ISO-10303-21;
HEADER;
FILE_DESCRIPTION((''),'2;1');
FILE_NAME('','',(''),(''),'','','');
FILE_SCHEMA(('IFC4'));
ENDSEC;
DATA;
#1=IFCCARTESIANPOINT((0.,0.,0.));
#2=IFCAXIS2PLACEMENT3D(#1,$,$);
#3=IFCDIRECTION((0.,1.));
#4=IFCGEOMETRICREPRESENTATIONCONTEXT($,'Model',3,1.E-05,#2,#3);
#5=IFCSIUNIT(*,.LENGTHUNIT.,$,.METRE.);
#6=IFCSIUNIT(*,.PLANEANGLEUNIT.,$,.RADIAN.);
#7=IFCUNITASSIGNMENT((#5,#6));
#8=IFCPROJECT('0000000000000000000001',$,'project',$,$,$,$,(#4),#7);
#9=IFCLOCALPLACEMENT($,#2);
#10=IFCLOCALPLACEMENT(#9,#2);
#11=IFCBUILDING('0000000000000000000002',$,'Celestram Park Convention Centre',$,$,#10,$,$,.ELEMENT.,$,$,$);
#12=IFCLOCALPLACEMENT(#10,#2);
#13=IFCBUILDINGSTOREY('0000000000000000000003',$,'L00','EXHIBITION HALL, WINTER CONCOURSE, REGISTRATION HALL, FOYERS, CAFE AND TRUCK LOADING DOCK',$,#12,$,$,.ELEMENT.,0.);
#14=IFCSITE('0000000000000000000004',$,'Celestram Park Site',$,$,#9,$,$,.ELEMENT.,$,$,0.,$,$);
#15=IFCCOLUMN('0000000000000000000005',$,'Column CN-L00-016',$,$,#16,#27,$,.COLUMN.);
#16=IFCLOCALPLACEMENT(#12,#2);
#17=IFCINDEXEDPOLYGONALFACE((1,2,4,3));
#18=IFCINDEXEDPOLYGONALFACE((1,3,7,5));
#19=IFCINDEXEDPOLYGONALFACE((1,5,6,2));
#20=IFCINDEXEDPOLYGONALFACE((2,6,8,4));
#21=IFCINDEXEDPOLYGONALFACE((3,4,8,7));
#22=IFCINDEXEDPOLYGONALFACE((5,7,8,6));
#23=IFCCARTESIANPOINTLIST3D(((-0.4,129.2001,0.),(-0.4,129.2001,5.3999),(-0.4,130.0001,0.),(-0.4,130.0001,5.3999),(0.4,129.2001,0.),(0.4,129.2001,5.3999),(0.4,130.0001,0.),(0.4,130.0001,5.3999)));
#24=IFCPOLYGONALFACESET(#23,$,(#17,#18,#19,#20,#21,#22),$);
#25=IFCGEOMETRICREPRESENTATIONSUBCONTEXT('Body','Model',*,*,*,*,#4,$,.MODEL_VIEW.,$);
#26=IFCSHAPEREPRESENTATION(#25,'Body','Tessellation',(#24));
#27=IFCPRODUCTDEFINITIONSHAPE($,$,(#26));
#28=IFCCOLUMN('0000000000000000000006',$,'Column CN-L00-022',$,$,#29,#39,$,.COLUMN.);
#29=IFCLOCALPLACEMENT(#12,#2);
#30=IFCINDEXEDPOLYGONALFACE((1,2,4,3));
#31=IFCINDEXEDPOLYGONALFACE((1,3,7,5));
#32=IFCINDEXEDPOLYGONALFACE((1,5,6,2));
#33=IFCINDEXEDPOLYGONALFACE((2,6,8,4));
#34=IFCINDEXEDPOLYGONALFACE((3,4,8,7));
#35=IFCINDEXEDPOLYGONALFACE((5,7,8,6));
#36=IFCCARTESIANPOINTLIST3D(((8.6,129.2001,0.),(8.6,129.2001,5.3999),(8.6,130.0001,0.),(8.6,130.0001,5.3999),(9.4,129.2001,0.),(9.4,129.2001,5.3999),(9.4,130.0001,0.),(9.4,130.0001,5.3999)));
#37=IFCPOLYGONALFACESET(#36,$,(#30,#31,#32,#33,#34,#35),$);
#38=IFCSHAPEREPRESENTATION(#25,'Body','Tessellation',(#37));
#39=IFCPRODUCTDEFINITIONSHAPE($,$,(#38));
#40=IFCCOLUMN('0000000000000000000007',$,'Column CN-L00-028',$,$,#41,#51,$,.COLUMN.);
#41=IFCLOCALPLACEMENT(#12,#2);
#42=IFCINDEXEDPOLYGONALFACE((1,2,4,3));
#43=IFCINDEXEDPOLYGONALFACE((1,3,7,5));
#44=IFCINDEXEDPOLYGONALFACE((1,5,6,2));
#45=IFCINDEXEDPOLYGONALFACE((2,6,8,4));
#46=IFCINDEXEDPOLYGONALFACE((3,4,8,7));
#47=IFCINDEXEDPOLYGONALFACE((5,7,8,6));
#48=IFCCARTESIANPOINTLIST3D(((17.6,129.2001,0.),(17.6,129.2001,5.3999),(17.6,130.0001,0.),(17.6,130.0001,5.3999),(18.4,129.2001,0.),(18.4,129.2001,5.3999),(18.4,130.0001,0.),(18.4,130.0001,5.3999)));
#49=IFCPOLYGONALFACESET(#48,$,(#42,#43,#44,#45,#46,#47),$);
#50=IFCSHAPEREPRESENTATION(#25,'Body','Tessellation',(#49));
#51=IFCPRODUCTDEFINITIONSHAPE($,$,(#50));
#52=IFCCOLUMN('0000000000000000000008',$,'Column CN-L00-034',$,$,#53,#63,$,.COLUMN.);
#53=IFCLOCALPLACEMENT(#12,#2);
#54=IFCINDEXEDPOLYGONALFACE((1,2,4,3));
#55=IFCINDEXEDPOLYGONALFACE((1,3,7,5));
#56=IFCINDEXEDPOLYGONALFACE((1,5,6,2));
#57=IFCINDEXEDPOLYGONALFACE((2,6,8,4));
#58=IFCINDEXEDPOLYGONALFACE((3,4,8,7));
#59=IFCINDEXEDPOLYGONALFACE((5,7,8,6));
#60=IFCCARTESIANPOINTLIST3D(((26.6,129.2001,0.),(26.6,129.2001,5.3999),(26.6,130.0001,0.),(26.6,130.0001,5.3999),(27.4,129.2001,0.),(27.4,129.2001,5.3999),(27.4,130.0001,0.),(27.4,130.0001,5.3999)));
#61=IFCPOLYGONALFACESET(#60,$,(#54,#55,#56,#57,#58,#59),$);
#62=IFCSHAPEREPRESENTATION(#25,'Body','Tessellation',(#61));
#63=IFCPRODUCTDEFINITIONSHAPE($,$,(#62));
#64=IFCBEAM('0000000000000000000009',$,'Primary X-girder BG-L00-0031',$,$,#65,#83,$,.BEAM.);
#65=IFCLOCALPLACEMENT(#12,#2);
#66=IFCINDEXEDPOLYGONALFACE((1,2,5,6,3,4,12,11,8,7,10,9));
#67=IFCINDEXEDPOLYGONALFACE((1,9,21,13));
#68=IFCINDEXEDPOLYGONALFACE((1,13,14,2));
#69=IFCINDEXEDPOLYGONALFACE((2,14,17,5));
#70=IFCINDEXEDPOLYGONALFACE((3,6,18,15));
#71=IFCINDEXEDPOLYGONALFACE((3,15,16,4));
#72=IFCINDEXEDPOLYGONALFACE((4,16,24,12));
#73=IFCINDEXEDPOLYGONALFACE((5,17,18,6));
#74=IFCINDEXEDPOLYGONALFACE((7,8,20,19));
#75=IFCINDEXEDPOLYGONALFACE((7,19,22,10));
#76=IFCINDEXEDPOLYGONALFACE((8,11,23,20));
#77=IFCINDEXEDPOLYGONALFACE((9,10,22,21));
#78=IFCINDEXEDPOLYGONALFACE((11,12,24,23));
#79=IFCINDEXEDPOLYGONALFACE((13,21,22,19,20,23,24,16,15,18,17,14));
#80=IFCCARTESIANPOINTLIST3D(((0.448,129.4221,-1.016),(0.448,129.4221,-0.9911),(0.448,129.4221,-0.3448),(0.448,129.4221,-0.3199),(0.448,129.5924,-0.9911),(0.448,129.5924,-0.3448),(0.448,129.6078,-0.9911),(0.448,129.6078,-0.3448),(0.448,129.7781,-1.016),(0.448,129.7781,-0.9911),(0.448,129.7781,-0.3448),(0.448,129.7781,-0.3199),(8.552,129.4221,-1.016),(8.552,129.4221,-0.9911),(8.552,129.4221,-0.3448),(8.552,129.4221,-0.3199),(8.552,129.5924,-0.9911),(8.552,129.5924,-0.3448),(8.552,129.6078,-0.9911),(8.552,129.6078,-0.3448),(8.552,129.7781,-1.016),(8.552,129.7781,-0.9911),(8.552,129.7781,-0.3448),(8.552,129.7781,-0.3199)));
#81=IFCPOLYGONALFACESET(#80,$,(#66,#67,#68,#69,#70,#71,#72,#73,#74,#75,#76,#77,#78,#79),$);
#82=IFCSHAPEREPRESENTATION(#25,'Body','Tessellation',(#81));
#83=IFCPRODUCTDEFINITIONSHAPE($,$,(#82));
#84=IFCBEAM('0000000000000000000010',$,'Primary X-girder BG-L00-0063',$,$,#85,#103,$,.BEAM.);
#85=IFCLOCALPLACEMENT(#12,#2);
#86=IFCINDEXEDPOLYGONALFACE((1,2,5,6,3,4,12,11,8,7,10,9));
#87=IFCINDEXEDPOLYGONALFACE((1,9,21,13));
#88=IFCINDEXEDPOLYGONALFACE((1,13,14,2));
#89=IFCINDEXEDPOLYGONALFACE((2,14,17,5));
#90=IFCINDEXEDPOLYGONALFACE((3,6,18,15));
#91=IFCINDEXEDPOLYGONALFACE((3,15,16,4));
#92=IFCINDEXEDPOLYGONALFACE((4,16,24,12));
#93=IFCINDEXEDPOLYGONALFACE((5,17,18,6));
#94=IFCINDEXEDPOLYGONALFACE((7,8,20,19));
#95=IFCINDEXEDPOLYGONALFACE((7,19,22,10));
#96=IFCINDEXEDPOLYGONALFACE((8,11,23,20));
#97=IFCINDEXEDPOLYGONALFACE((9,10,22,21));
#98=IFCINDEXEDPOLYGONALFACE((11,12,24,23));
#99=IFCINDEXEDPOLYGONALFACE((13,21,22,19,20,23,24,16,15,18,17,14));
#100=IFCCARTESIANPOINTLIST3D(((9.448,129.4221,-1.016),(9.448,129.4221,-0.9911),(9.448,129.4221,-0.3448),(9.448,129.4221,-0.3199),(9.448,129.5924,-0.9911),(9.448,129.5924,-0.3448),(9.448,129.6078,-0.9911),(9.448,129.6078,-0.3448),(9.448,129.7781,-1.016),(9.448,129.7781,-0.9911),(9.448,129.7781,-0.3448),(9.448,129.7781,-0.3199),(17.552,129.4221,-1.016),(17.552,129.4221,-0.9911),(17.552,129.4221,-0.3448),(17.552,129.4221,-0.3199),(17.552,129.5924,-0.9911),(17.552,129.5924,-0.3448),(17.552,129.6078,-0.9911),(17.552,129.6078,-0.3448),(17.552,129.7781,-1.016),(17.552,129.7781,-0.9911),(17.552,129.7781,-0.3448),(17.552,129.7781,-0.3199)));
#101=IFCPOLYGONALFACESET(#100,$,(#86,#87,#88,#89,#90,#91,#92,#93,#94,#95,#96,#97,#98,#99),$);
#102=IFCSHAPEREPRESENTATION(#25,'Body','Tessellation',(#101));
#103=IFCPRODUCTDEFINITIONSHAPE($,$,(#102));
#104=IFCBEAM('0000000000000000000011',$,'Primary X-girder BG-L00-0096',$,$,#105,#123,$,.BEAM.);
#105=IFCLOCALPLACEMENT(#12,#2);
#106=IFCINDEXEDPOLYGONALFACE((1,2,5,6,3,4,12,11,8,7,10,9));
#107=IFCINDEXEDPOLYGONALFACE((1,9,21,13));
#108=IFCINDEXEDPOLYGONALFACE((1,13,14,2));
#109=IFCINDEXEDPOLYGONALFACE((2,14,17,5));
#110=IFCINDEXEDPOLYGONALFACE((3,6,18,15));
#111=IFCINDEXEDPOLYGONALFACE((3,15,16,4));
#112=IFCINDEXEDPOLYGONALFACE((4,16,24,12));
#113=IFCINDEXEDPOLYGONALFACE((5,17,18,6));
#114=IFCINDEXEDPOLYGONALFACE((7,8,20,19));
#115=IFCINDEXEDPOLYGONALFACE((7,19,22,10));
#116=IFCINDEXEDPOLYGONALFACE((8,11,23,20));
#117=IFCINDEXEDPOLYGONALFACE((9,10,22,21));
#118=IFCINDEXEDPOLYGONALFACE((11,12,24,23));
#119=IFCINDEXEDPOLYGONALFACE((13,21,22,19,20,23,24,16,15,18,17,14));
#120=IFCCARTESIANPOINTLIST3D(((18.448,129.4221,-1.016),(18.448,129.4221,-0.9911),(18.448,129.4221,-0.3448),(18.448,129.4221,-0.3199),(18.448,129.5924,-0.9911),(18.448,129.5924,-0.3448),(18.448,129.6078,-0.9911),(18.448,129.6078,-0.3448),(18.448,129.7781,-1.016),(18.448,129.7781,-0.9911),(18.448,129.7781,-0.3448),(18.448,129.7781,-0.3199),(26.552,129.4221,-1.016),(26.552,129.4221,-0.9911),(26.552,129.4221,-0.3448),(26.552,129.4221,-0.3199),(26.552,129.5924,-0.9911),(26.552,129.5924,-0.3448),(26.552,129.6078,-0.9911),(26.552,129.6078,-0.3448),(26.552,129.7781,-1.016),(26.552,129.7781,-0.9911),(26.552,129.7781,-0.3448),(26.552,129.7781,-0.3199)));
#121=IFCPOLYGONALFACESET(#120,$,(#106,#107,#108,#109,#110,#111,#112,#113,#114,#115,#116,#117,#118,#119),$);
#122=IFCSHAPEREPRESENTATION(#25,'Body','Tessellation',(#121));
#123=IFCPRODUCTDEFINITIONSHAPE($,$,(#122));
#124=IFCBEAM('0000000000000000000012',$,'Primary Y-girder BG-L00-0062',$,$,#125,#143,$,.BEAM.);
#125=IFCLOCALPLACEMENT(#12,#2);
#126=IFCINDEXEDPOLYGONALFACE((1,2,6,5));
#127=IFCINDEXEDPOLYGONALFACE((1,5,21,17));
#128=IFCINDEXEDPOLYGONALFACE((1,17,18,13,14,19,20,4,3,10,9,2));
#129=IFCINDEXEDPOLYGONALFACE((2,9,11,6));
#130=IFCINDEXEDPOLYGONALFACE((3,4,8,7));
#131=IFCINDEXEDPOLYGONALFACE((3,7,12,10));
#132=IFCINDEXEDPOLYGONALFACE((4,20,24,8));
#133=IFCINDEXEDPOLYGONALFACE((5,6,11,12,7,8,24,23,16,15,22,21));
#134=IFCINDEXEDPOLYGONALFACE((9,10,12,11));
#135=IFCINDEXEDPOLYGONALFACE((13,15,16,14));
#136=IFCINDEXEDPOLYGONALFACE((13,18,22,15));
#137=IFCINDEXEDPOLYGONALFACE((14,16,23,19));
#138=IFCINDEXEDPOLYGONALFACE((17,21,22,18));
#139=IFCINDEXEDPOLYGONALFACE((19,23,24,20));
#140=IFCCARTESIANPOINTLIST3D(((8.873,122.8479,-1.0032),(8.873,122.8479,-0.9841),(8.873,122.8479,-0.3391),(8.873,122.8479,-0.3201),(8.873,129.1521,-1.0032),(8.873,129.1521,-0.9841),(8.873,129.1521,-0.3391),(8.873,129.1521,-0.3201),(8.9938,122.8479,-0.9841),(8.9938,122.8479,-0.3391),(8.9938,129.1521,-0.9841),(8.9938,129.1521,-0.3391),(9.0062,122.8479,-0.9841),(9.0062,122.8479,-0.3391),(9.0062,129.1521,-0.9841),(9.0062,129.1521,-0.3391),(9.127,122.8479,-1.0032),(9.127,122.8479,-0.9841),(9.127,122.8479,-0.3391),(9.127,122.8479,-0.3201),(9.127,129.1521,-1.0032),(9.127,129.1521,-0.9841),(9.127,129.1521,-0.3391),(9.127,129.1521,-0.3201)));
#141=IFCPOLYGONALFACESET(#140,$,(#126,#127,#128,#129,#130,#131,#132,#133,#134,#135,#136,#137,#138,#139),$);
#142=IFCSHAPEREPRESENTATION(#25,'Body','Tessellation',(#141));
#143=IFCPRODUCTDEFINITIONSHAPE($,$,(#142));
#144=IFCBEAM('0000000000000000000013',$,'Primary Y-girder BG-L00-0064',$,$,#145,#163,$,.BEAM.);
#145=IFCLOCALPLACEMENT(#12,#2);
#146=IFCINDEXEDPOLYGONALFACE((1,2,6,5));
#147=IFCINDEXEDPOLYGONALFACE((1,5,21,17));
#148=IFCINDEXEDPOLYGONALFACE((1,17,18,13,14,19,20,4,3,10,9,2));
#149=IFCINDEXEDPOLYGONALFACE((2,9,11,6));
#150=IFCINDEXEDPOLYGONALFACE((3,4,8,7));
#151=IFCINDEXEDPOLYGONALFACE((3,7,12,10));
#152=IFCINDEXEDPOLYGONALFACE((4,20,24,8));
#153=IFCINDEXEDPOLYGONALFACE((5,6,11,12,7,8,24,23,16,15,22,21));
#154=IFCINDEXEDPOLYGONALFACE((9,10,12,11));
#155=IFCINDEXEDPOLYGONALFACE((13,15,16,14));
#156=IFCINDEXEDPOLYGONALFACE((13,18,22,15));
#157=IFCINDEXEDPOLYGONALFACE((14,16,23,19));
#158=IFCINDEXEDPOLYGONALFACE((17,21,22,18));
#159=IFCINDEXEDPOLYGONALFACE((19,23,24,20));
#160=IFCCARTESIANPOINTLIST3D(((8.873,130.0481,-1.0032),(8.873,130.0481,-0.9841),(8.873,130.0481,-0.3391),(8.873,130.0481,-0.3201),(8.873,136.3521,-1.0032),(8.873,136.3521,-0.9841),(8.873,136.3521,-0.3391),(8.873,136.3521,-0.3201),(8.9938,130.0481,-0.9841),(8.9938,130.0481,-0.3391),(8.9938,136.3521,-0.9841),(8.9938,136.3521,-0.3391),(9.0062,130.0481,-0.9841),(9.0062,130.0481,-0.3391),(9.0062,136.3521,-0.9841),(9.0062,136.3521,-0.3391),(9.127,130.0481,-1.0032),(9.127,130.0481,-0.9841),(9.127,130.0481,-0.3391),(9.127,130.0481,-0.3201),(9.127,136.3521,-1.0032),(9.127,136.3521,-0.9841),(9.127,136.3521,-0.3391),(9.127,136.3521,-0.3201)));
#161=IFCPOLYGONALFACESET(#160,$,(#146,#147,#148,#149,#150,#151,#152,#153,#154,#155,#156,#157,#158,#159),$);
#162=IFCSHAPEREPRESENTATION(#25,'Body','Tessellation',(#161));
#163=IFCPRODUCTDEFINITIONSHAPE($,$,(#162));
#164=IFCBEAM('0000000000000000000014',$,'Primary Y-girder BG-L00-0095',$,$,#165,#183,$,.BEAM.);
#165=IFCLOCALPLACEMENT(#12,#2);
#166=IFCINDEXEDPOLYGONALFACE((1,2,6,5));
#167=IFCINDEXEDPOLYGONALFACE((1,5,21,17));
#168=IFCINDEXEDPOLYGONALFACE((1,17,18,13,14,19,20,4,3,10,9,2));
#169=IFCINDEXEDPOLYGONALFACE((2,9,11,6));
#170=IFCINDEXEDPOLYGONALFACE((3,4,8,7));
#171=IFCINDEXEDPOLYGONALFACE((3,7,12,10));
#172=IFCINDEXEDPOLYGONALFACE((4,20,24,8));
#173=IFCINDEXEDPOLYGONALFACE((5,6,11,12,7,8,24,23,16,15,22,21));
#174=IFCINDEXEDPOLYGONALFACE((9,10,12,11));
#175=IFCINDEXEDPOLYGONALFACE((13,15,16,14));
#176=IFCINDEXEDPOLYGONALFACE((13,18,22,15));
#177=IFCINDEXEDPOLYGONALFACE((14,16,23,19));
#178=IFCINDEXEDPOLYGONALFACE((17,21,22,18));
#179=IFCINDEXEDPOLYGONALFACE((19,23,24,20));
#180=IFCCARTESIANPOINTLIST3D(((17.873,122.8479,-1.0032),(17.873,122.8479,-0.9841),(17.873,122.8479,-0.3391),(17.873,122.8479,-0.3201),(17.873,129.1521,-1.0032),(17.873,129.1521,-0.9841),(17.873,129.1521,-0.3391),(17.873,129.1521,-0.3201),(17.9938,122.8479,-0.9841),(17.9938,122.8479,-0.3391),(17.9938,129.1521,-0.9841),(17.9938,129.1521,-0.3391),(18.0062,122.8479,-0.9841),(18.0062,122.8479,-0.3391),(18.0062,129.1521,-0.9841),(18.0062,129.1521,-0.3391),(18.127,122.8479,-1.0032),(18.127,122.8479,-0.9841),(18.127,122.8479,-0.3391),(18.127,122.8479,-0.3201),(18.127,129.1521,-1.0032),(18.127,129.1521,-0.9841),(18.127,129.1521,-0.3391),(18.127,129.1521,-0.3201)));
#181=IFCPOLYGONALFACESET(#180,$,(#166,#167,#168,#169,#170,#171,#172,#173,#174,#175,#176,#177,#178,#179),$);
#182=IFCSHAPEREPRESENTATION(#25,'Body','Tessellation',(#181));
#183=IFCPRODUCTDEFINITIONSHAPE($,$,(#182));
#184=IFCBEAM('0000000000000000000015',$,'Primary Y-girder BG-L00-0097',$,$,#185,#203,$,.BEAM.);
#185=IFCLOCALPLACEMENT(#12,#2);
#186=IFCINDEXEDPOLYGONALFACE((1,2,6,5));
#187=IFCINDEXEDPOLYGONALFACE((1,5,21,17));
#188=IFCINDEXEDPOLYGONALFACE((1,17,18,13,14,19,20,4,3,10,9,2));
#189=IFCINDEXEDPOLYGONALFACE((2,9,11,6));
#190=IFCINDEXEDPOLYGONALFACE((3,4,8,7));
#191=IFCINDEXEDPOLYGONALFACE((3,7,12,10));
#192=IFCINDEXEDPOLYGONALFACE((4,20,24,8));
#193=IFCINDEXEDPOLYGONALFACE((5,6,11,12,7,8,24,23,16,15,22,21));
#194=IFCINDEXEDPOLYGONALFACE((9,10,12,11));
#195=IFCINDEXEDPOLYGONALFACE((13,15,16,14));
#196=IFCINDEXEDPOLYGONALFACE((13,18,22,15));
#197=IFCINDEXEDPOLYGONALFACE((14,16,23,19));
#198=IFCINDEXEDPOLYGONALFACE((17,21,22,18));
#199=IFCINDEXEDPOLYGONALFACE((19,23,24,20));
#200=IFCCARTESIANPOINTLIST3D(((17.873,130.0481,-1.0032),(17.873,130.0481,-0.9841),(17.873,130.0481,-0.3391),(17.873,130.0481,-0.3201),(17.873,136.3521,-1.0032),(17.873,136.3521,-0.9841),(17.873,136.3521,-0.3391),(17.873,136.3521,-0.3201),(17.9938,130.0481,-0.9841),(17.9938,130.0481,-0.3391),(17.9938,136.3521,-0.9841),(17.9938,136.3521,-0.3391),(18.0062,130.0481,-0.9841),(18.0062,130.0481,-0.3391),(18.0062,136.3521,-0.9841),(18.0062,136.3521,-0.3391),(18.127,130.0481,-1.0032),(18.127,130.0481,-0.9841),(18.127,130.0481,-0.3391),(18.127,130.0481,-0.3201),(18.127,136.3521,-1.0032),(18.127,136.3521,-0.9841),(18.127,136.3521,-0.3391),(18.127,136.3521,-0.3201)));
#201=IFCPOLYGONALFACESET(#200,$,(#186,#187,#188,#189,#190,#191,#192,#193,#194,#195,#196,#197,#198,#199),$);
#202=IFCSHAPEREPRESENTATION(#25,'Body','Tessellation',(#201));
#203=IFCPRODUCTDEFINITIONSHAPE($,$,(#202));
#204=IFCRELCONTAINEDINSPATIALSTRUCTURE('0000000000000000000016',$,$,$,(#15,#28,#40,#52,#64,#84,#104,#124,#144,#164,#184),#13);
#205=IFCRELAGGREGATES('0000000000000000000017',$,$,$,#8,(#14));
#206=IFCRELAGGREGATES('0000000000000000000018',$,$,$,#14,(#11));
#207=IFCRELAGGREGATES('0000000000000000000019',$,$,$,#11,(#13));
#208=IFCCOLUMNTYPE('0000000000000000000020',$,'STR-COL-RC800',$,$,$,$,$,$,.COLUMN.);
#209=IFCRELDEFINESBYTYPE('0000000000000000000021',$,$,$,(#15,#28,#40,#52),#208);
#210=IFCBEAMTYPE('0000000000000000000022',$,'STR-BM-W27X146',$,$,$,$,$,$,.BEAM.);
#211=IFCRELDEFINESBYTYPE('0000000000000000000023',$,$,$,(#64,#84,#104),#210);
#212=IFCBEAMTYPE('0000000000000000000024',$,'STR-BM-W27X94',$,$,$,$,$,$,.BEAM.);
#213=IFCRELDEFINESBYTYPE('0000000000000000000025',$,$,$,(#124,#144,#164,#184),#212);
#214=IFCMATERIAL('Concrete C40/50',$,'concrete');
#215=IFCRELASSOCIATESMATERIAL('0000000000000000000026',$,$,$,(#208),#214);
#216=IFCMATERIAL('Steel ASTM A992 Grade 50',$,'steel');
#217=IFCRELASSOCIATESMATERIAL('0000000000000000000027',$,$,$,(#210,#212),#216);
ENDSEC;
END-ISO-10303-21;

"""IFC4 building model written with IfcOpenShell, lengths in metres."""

from ifc_helpers import new_model, si_unit, direction, frame, origin, origin_2d, place, context, subcontext, project, spatial, rectangle, i_section, extrude, material, material_profile, profile_set, type_object, element, save


model = new_model("IFC4")

# Units and contexts
model_context = context("Model", 3, precision=1e-05, world=origin(), true_north=direction((0.0, 1.0)))
body_context = subcontext(model_context, "Body", "Model", "MODEL_VIEW")
ifc_project = project(units=[si_unit("LENGTHUNIT", "METRE"), si_unit("PLANEANGLEUNIT", "RADIAN")], contexts=[model_context])

# Site, building, storey
site_placement = place(None, origin())
site = spatial("IfcSite", under=ifc_project, at=site_placement, Name="Celestram Park Site", CompositionType="ELEMENT", RefElevation=0.0)
building_placement = place(site_placement, origin())
building = spatial("IfcBuilding", under=site, at=building_placement, Name="Celestram Park Convention Centre", CompositionType="ELEMENT")
storey_placement = place(building_placement, origin())
storey = spatial("IfcBuildingStorey", under=building, at=storey_placement, Name="L00", Description="EXHIBITION HALL, WINTER CONCOURSE, REGISTRATION HALL, FOYERS, CAFE AND TRUCK LOADING DOCK", CompositionType="ELEMENT", Elevation=0.0)

# Columns
ifc_material_1 = material(Name="Concrete C40/50", Category="concrete")
ifc_material_profile_1 = material_profile(ifc_material_1, rectangle(XDim=0.8, YDim=0.8, at=origin_2d()), Name="RC800X800")
ifc_profile_set_1 = profile_set([ifc_material_profile_1], Name="Concrete C40/50")
column_type = type_object("IfcColumnType", Name="STR-COL-RC800", PredefinedType="COLUMN", material=ifc_profile_set_1)
for number, where, z_axis, x_axis, name in (
    (1, (0.0, 129.6001, 0.0), (0.0, 0.0, 1.0), (1.0, 0.0, 0.0), "Column CN-L00-016"),
    (2, (9.0, 129.6001, 0.0), (0.0, 0.0, 1.0), (1.0, 0.0, 0.0), "Column CN-L00-022"),
    (3, (18.0, 129.6001, 0.0), (0.0, 0.0, 1.0), (1.0, 0.0, 0.0), "Column CN-L00-028"),
    (4, (27.0, 129.6001, 0.0), (0.0, 0.0, 1.0), (1.0, 0.0, 0.0), "Column CN-L00-034"),
):
    element("IfcColumn", number, at=place(storey_placement, frame(where, z_axis=z_axis, x_axis=x_axis)), inside=storey, type_object=column_type, Name=name, PredefinedType="COLUMN", context=body_context, shape_type="SweptSolid", body=[
        extrude(rectangle(XDim=0.8, YDim=0.8, at=origin_2d()), origin(), (0.0, 0.0, 1.0), 5.3999),
    ])

# Beams
ifc_material_2 = material(Name="Steel ASTM A992 Grade 50", Category="steel")
ifc_material_profile_2 = material_profile(ifc_material_2, i_section(OverallWidth=0.356, OverallDepth=0.696, WebThickness=0.0154, FlangeThickness=0.0249, at=origin_2d()), Name="W27X146")
ifc_profile_set_2 = profile_set([ifc_material_profile_2], Name="Steel ASTM A992 Grade 50")
beam_type_1 = type_object("IfcBeamType", Name="STR-BM-W27X146", PredefinedType="BEAM", material=ifc_profile_set_2)
for number, where, z_axis, x_axis, name in (
    (5, (0.448, 129.6001, -0.668), (1.0, 0.0, 0.0), (0.0, 1.0, 0.0), "Primary X-girder BG-L00-0031"),
    (6, (9.448, 129.6001, -0.668), (1.0, 0.0, 0.0), (0.0, 1.0, 0.0), "Primary X-girder BG-L00-0063"),
    (7, (18.448, 129.6001, -0.668), (1.0, 0.0, 0.0), (0.0, 1.0, 0.0), "Primary X-girder BG-L00-0096"),
):
    element("IfcBeam", number, at=place(storey_placement, frame(where, z_axis=z_axis, x_axis=x_axis)), inside=storey, type_object=beam_type_1, Name=name, PredefinedType="BEAM", context=body_context, shape_type="SweptSolid", body=[
        extrude(i_section(OverallWidth=0.356, OverallDepth=0.696, WebThickness=0.0154, FlangeThickness=0.0249, at=origin_2d()), origin(), (0.0, 0.0, 1.0), 8.104),
    ])
ifc_material_profile_3 = material_profile(ifc_material_2, i_section(OverallWidth=0.2539, OverallDepth=0.6831, WebThickness=0.0125, FlangeThickness=0.019, at=origin_2d()), Name="W27X94")
ifc_profile_set_3 = profile_set([ifc_material_profile_3], Name="Steel ASTM A992 Grade 50")
beam_type_2 = type_object("IfcBeamType", Name="STR-BM-W27X94", PredefinedType="BEAM", material=ifc_profile_set_3)
beam_1_placement = place(storey_placement, frame((9.0, 122.8479, -0.6616), z_axis=(0.0, 1.0, 0.0), x_axis=(-1.0, 0.0, 0.0)))
element("IfcBeam", 8, at=beam_1_placement, inside=storey, type_object=beam_type_2, Name="Primary Y-girder BG-L00-0062", PredefinedType="BEAM", context=body_context, shape_type="SweptSolid", body=[
    extrude(i_section(OverallWidth=0.2539, OverallDepth=0.6831, WebThickness=0.0125, FlangeThickness=0.019, at=origin_2d()), origin(), (0.0, 0.0, 1.0), 6.3042),
])
beam_2_placement = place(storey_placement, frame((9.0, 130.0481, -0.6616), z_axis=(0.0, 1.0, 0.0), x_axis=(-1.0, 0.0, 0.0)))
element("IfcBeam", 9, at=beam_2_placement, inside=storey, type_object=beam_type_2, Name="Primary Y-girder BG-L00-0064", PredefinedType="BEAM", context=body_context, shape_type="SweptSolid", body=[
    extrude(i_section(OverallWidth=0.2539, OverallDepth=0.6831, WebThickness=0.0125, FlangeThickness=0.019, at=origin_2d()), origin(), (0.0, 0.0, 1.0), 6.304),
])
beam_3_placement = place(storey_placement, frame((18.0, 122.8479, -0.6616), z_axis=(0.0, 1.0, 0.0), x_axis=(-1.0, 0.0, 0.0)))
element("IfcBeam", 10, at=beam_3_placement, inside=storey, type_object=beam_type_2, Name="Primary Y-girder BG-L00-0095", PredefinedType="BEAM", context=body_context, shape_type="SweptSolid", body=[
    extrude(i_section(OverallWidth=0.2539, OverallDepth=0.6831, WebThickness=0.0125, FlangeThickness=0.019, at=origin_2d()), origin(), (0.0, 0.0, 1.0), 6.3042),
])
beam_4_placement = place(storey_placement, frame((18.0, 130.0481, -0.6616), z_axis=(0.0, 1.0, 0.0), x_axis=(-1.0, 0.0, 0.0)))
element("IfcBeam", 11, at=beam_4_placement, inside=storey, type_object=beam_type_2, Name="Primary Y-girder BG-L00-0097", PredefinedType="BEAM", context=body_context, shape_type="SweptSolid", body=[
    extrude(i_section(OverallWidth=0.2539, OverallDepth=0.6831, WebThickness=0.0125, FlangeThickness=0.019, at=origin_2d()), origin(), (0.0, 0.0, 1.0), 6.304),
])

save(model, "model.ifc")
